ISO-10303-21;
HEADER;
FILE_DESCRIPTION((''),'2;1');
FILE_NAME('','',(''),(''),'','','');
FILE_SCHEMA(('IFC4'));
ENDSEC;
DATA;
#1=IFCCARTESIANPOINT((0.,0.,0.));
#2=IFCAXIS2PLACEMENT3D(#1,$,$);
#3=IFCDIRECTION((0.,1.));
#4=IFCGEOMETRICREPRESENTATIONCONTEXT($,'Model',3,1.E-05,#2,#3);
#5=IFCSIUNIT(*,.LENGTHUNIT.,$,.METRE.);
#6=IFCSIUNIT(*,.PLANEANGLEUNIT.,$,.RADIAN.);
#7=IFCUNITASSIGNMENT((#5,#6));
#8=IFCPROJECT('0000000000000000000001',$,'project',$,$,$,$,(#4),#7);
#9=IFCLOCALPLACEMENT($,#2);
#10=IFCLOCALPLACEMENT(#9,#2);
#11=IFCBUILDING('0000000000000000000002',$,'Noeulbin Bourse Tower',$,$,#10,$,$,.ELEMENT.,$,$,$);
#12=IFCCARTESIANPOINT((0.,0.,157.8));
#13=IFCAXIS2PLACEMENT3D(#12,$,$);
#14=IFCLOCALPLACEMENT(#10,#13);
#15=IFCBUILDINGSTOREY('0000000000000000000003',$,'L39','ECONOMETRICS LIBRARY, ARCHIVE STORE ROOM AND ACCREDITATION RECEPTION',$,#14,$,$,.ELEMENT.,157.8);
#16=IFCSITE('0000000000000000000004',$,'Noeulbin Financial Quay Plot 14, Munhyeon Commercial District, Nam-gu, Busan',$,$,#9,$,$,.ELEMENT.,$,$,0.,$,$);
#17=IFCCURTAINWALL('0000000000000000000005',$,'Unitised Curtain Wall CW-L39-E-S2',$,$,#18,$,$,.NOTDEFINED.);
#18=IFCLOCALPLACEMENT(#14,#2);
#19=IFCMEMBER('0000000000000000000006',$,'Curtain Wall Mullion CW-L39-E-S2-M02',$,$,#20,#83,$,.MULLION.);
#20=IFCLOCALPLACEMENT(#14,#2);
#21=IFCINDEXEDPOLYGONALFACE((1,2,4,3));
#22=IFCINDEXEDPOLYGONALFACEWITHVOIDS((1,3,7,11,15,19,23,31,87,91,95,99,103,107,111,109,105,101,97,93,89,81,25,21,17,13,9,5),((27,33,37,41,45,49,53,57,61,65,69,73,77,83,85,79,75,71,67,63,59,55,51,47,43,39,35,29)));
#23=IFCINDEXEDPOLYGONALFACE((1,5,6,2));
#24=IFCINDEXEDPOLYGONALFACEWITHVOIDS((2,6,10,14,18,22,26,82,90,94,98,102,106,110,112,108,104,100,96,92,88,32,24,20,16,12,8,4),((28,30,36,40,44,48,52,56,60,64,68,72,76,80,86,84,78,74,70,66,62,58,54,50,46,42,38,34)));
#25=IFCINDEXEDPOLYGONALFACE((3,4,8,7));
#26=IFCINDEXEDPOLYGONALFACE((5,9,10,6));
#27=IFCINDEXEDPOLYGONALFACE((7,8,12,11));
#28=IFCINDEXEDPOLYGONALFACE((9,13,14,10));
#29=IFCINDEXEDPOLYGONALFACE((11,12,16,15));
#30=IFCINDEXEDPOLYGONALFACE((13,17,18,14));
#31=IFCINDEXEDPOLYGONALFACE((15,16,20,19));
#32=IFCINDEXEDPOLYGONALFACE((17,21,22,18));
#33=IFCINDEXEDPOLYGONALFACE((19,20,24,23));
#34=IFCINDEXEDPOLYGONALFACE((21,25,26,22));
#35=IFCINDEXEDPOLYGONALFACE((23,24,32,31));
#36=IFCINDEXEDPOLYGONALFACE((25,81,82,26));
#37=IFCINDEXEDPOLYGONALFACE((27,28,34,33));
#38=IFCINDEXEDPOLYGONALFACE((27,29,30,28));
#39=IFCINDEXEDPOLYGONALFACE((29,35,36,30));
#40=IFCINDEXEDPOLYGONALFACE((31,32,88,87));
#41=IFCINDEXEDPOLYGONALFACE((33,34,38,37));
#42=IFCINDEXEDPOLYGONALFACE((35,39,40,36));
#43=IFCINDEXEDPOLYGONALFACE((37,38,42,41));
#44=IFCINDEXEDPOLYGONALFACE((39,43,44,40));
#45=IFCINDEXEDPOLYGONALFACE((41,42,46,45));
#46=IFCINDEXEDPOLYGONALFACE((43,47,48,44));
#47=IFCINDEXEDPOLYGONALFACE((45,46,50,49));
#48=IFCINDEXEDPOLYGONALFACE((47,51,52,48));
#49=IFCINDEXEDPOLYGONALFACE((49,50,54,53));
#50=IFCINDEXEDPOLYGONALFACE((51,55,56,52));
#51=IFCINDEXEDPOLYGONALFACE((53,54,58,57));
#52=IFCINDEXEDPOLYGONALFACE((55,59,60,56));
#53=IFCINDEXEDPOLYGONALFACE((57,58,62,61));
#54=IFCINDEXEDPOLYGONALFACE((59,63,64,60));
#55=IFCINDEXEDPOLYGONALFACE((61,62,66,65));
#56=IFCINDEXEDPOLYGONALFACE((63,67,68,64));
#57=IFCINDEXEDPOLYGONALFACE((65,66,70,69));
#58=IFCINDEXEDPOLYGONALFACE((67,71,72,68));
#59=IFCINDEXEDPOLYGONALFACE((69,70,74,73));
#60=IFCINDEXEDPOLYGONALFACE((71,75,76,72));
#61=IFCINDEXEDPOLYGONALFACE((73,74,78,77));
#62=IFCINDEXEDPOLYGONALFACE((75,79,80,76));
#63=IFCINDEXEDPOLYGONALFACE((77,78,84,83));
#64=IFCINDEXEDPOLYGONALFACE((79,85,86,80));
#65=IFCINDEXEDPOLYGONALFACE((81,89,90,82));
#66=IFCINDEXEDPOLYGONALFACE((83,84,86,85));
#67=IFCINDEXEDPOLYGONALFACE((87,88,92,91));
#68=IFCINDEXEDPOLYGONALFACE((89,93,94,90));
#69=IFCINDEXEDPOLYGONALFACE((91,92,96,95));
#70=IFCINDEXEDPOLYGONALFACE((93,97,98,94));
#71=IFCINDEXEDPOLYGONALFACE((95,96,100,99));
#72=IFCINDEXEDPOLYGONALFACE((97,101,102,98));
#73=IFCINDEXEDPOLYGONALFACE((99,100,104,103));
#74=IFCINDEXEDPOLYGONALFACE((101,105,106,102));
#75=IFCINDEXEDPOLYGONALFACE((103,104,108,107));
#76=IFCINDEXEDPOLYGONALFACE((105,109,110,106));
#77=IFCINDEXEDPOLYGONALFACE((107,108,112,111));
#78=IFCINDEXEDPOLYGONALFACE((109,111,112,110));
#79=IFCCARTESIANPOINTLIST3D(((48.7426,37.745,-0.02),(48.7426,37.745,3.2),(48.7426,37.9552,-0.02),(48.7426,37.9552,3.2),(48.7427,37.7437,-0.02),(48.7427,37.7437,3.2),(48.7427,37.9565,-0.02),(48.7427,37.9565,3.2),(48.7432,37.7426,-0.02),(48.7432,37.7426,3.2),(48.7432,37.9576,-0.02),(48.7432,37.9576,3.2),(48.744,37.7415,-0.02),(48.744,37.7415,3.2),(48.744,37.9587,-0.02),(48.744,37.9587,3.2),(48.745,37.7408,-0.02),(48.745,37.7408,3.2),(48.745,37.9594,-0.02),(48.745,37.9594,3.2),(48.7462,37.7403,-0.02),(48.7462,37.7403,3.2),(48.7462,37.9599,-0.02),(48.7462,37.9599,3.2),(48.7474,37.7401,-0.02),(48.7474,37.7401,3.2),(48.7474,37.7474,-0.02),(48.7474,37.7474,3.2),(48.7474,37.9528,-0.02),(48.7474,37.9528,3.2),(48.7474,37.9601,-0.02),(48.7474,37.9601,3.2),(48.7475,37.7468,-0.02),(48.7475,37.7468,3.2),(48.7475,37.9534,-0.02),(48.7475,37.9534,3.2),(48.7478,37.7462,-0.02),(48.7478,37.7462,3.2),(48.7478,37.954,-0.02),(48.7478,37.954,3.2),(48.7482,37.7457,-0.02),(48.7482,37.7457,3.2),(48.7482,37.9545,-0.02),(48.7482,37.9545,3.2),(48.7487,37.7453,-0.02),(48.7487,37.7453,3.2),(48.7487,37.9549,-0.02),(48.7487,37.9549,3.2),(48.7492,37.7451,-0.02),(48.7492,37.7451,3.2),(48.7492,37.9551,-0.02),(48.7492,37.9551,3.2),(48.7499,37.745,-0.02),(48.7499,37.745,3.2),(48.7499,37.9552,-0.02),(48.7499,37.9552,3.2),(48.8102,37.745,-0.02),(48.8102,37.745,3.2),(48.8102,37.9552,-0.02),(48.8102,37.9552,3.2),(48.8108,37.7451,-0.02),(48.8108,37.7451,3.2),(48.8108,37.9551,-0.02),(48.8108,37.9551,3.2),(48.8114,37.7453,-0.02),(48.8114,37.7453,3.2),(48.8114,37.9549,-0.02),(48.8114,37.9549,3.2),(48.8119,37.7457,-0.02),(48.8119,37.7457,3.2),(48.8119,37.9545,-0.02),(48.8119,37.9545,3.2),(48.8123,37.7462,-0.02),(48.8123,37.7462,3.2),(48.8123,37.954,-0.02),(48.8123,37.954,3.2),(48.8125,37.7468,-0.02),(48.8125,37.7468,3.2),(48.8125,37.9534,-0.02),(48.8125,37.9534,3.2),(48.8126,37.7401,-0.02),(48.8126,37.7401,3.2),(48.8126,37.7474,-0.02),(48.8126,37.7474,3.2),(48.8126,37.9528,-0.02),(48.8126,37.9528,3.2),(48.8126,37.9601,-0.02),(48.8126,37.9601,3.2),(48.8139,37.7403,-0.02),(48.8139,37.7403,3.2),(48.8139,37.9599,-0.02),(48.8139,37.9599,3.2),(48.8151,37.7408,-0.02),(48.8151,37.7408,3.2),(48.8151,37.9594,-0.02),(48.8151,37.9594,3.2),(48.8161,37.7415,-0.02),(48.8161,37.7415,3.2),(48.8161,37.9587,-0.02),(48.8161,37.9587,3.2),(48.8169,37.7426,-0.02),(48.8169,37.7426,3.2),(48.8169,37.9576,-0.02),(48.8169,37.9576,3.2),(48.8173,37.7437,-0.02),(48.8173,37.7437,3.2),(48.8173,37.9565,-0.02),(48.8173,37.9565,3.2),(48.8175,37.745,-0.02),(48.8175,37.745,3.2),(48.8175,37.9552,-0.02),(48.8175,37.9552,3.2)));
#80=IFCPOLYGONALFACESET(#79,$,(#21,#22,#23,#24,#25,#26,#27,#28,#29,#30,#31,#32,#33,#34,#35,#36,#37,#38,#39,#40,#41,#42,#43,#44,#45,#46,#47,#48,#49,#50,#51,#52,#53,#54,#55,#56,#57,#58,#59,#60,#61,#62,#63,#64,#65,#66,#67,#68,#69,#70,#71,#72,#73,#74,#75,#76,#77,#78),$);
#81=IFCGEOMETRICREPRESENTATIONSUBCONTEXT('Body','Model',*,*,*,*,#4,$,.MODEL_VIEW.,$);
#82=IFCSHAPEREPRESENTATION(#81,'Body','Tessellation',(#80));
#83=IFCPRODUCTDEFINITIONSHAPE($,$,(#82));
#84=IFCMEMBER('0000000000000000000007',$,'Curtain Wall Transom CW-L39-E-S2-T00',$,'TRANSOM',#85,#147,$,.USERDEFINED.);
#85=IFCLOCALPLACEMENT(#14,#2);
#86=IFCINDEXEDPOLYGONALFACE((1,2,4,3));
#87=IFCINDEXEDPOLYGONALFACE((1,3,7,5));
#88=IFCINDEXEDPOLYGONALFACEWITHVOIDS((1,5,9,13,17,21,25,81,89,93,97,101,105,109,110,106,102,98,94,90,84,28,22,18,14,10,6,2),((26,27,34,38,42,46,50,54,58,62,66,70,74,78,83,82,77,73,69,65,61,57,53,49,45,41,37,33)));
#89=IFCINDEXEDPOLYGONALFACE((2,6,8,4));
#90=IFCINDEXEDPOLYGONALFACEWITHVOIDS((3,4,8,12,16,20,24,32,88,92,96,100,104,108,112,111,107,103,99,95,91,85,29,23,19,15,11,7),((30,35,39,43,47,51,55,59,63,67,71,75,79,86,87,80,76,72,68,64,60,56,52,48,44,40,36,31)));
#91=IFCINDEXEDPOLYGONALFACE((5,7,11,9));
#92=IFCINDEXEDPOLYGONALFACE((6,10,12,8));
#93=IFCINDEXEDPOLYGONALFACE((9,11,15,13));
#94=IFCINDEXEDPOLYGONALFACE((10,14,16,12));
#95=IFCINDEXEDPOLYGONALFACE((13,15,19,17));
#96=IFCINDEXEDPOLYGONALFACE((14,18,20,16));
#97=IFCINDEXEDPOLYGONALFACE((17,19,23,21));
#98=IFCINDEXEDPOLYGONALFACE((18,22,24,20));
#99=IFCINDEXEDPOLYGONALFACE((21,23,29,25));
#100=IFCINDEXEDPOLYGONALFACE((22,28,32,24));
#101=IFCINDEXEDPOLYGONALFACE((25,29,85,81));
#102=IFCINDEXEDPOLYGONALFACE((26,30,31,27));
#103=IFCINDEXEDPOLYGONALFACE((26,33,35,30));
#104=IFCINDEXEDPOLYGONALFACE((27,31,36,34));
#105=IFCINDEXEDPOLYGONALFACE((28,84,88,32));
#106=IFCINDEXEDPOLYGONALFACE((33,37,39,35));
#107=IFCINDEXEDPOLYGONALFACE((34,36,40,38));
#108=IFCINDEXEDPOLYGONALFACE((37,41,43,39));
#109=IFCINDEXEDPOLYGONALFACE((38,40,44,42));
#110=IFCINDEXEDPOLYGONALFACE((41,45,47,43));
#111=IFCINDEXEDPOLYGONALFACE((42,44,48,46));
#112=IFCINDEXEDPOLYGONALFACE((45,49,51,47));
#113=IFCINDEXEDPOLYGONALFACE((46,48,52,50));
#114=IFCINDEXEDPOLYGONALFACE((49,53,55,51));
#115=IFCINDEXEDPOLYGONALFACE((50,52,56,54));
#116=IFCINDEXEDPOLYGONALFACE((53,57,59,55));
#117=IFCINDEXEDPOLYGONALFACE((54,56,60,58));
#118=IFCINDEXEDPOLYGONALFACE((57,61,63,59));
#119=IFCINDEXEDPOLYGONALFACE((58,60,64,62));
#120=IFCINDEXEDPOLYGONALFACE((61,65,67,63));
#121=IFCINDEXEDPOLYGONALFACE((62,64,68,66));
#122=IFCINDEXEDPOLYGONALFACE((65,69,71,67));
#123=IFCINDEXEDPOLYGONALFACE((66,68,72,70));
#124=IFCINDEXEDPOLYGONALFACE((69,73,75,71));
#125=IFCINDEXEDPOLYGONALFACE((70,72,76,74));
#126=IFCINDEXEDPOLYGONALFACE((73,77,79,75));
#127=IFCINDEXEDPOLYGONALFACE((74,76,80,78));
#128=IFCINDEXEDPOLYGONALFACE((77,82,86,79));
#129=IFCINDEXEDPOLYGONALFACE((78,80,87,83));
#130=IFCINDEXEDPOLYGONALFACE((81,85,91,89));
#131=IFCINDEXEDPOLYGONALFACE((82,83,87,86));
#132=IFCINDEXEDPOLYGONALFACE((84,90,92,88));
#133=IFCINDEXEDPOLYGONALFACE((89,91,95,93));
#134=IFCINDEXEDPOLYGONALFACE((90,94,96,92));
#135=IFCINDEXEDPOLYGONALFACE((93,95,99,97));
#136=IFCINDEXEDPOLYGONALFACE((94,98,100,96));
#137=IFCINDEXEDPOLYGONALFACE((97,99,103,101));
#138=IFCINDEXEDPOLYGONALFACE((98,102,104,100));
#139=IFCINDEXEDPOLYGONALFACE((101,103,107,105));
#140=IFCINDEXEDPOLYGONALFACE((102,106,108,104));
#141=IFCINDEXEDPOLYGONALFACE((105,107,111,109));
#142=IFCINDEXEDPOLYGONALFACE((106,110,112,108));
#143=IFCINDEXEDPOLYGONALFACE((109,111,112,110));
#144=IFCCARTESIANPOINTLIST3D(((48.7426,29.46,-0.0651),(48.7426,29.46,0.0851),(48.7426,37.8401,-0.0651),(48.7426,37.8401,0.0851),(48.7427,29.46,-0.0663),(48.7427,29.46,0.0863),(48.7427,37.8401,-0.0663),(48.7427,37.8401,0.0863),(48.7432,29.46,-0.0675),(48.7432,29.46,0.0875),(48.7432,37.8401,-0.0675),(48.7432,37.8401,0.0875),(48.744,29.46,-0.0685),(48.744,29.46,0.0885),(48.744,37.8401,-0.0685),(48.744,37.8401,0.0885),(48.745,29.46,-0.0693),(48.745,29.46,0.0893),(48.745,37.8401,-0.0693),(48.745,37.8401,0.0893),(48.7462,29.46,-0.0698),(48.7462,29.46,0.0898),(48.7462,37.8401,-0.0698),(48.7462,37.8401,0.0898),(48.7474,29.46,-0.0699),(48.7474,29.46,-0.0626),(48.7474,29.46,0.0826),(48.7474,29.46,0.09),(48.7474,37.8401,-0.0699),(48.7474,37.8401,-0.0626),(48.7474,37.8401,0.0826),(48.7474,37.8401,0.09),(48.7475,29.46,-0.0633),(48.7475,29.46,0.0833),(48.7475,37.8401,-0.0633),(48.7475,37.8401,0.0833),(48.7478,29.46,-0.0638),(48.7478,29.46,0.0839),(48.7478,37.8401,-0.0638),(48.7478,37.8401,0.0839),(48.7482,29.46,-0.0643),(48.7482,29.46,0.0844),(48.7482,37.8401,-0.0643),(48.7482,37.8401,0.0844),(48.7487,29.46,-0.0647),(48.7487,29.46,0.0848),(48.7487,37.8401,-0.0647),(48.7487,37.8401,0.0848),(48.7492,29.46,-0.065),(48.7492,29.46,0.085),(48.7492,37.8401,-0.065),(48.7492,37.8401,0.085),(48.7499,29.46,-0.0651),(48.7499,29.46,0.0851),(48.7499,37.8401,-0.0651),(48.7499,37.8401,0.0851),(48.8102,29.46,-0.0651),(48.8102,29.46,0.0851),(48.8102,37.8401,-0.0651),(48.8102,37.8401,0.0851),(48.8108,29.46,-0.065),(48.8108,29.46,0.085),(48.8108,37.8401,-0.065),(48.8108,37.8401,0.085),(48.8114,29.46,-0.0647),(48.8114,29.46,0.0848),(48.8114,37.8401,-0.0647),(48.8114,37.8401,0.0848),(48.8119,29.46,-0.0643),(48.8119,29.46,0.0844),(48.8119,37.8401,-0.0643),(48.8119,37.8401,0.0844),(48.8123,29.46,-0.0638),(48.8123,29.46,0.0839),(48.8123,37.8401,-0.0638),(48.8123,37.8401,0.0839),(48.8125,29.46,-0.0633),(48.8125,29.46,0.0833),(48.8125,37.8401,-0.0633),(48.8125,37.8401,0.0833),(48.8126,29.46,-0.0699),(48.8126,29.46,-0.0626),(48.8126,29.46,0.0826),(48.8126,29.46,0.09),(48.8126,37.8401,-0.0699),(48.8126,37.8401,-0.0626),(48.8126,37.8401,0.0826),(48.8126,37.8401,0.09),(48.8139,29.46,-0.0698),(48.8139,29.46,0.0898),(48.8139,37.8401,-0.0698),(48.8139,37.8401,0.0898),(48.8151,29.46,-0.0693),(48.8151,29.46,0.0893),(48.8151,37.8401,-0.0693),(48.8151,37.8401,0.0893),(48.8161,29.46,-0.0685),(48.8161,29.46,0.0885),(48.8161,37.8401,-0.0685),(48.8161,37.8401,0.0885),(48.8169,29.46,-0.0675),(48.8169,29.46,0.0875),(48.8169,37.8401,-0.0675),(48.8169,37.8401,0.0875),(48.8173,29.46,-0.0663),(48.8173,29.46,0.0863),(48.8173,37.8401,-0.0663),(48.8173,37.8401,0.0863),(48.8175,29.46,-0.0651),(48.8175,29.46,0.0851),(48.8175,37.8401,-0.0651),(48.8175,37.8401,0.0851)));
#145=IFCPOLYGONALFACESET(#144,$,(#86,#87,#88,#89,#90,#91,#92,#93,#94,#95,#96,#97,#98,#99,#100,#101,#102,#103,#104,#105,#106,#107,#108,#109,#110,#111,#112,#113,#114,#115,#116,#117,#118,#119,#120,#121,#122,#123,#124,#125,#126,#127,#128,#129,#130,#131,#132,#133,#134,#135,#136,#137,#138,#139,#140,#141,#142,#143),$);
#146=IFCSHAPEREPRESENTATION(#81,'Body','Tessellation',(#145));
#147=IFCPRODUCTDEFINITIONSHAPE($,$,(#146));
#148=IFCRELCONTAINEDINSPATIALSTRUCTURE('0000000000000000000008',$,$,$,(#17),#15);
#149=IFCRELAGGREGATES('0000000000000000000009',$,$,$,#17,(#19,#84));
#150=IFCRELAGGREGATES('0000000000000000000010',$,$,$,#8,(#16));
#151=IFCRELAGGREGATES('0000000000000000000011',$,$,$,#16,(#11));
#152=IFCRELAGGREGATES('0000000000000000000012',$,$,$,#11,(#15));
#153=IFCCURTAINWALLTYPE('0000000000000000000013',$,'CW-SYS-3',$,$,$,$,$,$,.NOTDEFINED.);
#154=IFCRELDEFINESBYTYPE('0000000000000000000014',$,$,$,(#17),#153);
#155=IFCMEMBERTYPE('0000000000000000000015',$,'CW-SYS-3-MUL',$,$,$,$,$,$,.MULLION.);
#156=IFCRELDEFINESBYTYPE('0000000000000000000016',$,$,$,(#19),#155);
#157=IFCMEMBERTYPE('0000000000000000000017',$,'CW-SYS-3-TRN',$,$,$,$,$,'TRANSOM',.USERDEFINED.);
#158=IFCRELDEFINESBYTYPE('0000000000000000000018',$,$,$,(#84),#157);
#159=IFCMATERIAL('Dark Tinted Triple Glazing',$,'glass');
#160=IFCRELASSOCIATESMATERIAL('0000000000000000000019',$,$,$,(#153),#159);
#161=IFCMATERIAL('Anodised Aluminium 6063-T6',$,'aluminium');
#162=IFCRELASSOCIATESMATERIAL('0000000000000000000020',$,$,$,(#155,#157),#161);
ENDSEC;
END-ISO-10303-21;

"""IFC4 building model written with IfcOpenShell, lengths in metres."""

from ifc_helpers import new_model, si_unit, direction, frame, origin, origin_2d, place, context, subcontext, project, spatial, hollow_rectangle, extrude, material, material_profile, profile_set, type_object, element, aggregate, save


model = new_model("IFC4")

# Units and contexts
model_context = context("Model", 3, precision=1e-05, world=origin(), true_north=direction((0.0, 1.0)))
body_context = subcontext(model_context, "Body", "Model", "MODEL_VIEW")
ifc_project = project(units=[si_unit("LENGTHUNIT", "METRE"), si_unit("PLANEANGLEUNIT", "RADIAN")], contexts=[model_context])

# Site, building, storey
site_placement = place(None, origin())
site = spatial("IfcSite", under=ifc_project, at=site_placement, Name="Noeulbin Financial Quay Plot 14, Munhyeon Commercial District, Nam-gu, Busan", CompositionType="ELEMENT", RefElevation=0.0)
building_placement = place(site_placement, origin())
building = spatial("IfcBuilding", under=site, at=building_placement, Name="Noeulbin Bourse Tower", CompositionType="ELEMENT")
storey_placement = place(building_placement, frame((0.0, 0.0, 157.8)))
storey = spatial("IfcBuildingStorey", under=building, at=storey_placement, Name="L39", Description="ECONOMETRICS LIBRARY, ARCHIVE STORE ROOM AND ACCREDITATION RECEPTION", CompositionType="ELEMENT", Elevation=157.8)

# Curtain wall, members
ifc_material_1 = material(Name="Dark Tinted Triple Glazing", Category="glass")
curtain_wall_type = type_object("IfcCurtainWallType", Name="CW-SYS-3", PredefinedType="NOTDEFINED", material=ifc_material_1)
curtain_wall_placement = place(storey_placement, origin())
curtain_wall = element("IfcCurtainWall", 1, at=curtain_wall_placement, inside=storey, type_object=curtain_wall_type, Name="Unitised Curtain Wall CW-L39-E-S2", PredefinedType="NOTDEFINED")
ifc_material_2 = material(Name="Anodised Aluminium 6063-T6", Category="aluminium")
ifc_material_profile_1 = material_profile(ifc_material_2, hollow_rectangle(XDim=0.075, YDim=0.22, WallThickness=0.0049, InnerFilletRadius=0.0024, OuterFilletRadius=0.0049, at=origin_2d()), Name="ALU-MULL-75x220x5", Category="LoadBearing")
ifc_profile_set_1 = profile_set([ifc_material_profile_1], Name="Anodised Aluminium 6063-T6")
member_type_1 = type_object("IfcMemberType", Name="CW-SYS-3-MUL", PredefinedType="MULLION", material=ifc_profile_set_1)
member_1_placement = place(storey_placement, frame((48.78, 37.8501, -0.02), z_axis=(0.0, 0.0, 1.0), x_axis=(1.0, 0.0, 0.0)))
member_1 = element("IfcMember", 2, at=member_1_placement, type_object=member_type_1, Name="Curtain Wall Mullion CW-L39-E-S2-M02", PredefinedType="MULLION", context=body_context, shape_type="SweptSolid", body=[
    extrude(hollow_rectangle(XDim=0.075, YDim=0.22, WallThickness=0.0049, InnerFilletRadius=0.0024, OuterFilletRadius=0.0049, at=origin_2d()), origin(), (0.0, 0.0, 1.0), 3.22),
])
ifc_material_profile_2 = material_profile(ifc_material_2, hollow_rectangle(XDim=0.075, YDim=0.1599, WallThickness=0.0049, InnerFilletRadius=0.0024, OuterFilletRadius=0.0049, at=origin_2d()), Name="ALU-TRAN-75x160x5", Category="LoadBearing")
ifc_profile_set_2 = profile_set([ifc_material_profile_2], Name="Anodised Aluminium 6063-T6")
member_type_2 = type_object("IfcMemberType", Name="CW-SYS-3-TRN", ElementType="TRANSOM", PredefinedType="USERDEFINED", material=ifc_profile_set_2)
member_2_placement = place(storey_placement, frame((48.78, 29.46, 0.01), z_axis=(0.0, 1.0, 0.0), x_axis=(-1.0, 0.0, 0.0)))
member_2 = element("IfcMember", 3, at=member_2_placement, type_object=member_type_2, Name="Curtain Wall Transom CW-L39-E-S2-T00", ObjectType="TRANSOM", PredefinedType="USERDEFINED", context=body_context, shape_type="SweptSolid", body=[
    extrude(hollow_rectangle(XDim=0.075, YDim=0.1599, WallThickness=0.0049, InnerFilletRadius=0.0024, OuterFilletRadius=0.0049, at=origin_2d()), origin(), (0.0, 0.0, 1.0), 8.3801),
])
aggregate(curtain_wall, [member_1, member_2])

save(model, "model.ifc")
